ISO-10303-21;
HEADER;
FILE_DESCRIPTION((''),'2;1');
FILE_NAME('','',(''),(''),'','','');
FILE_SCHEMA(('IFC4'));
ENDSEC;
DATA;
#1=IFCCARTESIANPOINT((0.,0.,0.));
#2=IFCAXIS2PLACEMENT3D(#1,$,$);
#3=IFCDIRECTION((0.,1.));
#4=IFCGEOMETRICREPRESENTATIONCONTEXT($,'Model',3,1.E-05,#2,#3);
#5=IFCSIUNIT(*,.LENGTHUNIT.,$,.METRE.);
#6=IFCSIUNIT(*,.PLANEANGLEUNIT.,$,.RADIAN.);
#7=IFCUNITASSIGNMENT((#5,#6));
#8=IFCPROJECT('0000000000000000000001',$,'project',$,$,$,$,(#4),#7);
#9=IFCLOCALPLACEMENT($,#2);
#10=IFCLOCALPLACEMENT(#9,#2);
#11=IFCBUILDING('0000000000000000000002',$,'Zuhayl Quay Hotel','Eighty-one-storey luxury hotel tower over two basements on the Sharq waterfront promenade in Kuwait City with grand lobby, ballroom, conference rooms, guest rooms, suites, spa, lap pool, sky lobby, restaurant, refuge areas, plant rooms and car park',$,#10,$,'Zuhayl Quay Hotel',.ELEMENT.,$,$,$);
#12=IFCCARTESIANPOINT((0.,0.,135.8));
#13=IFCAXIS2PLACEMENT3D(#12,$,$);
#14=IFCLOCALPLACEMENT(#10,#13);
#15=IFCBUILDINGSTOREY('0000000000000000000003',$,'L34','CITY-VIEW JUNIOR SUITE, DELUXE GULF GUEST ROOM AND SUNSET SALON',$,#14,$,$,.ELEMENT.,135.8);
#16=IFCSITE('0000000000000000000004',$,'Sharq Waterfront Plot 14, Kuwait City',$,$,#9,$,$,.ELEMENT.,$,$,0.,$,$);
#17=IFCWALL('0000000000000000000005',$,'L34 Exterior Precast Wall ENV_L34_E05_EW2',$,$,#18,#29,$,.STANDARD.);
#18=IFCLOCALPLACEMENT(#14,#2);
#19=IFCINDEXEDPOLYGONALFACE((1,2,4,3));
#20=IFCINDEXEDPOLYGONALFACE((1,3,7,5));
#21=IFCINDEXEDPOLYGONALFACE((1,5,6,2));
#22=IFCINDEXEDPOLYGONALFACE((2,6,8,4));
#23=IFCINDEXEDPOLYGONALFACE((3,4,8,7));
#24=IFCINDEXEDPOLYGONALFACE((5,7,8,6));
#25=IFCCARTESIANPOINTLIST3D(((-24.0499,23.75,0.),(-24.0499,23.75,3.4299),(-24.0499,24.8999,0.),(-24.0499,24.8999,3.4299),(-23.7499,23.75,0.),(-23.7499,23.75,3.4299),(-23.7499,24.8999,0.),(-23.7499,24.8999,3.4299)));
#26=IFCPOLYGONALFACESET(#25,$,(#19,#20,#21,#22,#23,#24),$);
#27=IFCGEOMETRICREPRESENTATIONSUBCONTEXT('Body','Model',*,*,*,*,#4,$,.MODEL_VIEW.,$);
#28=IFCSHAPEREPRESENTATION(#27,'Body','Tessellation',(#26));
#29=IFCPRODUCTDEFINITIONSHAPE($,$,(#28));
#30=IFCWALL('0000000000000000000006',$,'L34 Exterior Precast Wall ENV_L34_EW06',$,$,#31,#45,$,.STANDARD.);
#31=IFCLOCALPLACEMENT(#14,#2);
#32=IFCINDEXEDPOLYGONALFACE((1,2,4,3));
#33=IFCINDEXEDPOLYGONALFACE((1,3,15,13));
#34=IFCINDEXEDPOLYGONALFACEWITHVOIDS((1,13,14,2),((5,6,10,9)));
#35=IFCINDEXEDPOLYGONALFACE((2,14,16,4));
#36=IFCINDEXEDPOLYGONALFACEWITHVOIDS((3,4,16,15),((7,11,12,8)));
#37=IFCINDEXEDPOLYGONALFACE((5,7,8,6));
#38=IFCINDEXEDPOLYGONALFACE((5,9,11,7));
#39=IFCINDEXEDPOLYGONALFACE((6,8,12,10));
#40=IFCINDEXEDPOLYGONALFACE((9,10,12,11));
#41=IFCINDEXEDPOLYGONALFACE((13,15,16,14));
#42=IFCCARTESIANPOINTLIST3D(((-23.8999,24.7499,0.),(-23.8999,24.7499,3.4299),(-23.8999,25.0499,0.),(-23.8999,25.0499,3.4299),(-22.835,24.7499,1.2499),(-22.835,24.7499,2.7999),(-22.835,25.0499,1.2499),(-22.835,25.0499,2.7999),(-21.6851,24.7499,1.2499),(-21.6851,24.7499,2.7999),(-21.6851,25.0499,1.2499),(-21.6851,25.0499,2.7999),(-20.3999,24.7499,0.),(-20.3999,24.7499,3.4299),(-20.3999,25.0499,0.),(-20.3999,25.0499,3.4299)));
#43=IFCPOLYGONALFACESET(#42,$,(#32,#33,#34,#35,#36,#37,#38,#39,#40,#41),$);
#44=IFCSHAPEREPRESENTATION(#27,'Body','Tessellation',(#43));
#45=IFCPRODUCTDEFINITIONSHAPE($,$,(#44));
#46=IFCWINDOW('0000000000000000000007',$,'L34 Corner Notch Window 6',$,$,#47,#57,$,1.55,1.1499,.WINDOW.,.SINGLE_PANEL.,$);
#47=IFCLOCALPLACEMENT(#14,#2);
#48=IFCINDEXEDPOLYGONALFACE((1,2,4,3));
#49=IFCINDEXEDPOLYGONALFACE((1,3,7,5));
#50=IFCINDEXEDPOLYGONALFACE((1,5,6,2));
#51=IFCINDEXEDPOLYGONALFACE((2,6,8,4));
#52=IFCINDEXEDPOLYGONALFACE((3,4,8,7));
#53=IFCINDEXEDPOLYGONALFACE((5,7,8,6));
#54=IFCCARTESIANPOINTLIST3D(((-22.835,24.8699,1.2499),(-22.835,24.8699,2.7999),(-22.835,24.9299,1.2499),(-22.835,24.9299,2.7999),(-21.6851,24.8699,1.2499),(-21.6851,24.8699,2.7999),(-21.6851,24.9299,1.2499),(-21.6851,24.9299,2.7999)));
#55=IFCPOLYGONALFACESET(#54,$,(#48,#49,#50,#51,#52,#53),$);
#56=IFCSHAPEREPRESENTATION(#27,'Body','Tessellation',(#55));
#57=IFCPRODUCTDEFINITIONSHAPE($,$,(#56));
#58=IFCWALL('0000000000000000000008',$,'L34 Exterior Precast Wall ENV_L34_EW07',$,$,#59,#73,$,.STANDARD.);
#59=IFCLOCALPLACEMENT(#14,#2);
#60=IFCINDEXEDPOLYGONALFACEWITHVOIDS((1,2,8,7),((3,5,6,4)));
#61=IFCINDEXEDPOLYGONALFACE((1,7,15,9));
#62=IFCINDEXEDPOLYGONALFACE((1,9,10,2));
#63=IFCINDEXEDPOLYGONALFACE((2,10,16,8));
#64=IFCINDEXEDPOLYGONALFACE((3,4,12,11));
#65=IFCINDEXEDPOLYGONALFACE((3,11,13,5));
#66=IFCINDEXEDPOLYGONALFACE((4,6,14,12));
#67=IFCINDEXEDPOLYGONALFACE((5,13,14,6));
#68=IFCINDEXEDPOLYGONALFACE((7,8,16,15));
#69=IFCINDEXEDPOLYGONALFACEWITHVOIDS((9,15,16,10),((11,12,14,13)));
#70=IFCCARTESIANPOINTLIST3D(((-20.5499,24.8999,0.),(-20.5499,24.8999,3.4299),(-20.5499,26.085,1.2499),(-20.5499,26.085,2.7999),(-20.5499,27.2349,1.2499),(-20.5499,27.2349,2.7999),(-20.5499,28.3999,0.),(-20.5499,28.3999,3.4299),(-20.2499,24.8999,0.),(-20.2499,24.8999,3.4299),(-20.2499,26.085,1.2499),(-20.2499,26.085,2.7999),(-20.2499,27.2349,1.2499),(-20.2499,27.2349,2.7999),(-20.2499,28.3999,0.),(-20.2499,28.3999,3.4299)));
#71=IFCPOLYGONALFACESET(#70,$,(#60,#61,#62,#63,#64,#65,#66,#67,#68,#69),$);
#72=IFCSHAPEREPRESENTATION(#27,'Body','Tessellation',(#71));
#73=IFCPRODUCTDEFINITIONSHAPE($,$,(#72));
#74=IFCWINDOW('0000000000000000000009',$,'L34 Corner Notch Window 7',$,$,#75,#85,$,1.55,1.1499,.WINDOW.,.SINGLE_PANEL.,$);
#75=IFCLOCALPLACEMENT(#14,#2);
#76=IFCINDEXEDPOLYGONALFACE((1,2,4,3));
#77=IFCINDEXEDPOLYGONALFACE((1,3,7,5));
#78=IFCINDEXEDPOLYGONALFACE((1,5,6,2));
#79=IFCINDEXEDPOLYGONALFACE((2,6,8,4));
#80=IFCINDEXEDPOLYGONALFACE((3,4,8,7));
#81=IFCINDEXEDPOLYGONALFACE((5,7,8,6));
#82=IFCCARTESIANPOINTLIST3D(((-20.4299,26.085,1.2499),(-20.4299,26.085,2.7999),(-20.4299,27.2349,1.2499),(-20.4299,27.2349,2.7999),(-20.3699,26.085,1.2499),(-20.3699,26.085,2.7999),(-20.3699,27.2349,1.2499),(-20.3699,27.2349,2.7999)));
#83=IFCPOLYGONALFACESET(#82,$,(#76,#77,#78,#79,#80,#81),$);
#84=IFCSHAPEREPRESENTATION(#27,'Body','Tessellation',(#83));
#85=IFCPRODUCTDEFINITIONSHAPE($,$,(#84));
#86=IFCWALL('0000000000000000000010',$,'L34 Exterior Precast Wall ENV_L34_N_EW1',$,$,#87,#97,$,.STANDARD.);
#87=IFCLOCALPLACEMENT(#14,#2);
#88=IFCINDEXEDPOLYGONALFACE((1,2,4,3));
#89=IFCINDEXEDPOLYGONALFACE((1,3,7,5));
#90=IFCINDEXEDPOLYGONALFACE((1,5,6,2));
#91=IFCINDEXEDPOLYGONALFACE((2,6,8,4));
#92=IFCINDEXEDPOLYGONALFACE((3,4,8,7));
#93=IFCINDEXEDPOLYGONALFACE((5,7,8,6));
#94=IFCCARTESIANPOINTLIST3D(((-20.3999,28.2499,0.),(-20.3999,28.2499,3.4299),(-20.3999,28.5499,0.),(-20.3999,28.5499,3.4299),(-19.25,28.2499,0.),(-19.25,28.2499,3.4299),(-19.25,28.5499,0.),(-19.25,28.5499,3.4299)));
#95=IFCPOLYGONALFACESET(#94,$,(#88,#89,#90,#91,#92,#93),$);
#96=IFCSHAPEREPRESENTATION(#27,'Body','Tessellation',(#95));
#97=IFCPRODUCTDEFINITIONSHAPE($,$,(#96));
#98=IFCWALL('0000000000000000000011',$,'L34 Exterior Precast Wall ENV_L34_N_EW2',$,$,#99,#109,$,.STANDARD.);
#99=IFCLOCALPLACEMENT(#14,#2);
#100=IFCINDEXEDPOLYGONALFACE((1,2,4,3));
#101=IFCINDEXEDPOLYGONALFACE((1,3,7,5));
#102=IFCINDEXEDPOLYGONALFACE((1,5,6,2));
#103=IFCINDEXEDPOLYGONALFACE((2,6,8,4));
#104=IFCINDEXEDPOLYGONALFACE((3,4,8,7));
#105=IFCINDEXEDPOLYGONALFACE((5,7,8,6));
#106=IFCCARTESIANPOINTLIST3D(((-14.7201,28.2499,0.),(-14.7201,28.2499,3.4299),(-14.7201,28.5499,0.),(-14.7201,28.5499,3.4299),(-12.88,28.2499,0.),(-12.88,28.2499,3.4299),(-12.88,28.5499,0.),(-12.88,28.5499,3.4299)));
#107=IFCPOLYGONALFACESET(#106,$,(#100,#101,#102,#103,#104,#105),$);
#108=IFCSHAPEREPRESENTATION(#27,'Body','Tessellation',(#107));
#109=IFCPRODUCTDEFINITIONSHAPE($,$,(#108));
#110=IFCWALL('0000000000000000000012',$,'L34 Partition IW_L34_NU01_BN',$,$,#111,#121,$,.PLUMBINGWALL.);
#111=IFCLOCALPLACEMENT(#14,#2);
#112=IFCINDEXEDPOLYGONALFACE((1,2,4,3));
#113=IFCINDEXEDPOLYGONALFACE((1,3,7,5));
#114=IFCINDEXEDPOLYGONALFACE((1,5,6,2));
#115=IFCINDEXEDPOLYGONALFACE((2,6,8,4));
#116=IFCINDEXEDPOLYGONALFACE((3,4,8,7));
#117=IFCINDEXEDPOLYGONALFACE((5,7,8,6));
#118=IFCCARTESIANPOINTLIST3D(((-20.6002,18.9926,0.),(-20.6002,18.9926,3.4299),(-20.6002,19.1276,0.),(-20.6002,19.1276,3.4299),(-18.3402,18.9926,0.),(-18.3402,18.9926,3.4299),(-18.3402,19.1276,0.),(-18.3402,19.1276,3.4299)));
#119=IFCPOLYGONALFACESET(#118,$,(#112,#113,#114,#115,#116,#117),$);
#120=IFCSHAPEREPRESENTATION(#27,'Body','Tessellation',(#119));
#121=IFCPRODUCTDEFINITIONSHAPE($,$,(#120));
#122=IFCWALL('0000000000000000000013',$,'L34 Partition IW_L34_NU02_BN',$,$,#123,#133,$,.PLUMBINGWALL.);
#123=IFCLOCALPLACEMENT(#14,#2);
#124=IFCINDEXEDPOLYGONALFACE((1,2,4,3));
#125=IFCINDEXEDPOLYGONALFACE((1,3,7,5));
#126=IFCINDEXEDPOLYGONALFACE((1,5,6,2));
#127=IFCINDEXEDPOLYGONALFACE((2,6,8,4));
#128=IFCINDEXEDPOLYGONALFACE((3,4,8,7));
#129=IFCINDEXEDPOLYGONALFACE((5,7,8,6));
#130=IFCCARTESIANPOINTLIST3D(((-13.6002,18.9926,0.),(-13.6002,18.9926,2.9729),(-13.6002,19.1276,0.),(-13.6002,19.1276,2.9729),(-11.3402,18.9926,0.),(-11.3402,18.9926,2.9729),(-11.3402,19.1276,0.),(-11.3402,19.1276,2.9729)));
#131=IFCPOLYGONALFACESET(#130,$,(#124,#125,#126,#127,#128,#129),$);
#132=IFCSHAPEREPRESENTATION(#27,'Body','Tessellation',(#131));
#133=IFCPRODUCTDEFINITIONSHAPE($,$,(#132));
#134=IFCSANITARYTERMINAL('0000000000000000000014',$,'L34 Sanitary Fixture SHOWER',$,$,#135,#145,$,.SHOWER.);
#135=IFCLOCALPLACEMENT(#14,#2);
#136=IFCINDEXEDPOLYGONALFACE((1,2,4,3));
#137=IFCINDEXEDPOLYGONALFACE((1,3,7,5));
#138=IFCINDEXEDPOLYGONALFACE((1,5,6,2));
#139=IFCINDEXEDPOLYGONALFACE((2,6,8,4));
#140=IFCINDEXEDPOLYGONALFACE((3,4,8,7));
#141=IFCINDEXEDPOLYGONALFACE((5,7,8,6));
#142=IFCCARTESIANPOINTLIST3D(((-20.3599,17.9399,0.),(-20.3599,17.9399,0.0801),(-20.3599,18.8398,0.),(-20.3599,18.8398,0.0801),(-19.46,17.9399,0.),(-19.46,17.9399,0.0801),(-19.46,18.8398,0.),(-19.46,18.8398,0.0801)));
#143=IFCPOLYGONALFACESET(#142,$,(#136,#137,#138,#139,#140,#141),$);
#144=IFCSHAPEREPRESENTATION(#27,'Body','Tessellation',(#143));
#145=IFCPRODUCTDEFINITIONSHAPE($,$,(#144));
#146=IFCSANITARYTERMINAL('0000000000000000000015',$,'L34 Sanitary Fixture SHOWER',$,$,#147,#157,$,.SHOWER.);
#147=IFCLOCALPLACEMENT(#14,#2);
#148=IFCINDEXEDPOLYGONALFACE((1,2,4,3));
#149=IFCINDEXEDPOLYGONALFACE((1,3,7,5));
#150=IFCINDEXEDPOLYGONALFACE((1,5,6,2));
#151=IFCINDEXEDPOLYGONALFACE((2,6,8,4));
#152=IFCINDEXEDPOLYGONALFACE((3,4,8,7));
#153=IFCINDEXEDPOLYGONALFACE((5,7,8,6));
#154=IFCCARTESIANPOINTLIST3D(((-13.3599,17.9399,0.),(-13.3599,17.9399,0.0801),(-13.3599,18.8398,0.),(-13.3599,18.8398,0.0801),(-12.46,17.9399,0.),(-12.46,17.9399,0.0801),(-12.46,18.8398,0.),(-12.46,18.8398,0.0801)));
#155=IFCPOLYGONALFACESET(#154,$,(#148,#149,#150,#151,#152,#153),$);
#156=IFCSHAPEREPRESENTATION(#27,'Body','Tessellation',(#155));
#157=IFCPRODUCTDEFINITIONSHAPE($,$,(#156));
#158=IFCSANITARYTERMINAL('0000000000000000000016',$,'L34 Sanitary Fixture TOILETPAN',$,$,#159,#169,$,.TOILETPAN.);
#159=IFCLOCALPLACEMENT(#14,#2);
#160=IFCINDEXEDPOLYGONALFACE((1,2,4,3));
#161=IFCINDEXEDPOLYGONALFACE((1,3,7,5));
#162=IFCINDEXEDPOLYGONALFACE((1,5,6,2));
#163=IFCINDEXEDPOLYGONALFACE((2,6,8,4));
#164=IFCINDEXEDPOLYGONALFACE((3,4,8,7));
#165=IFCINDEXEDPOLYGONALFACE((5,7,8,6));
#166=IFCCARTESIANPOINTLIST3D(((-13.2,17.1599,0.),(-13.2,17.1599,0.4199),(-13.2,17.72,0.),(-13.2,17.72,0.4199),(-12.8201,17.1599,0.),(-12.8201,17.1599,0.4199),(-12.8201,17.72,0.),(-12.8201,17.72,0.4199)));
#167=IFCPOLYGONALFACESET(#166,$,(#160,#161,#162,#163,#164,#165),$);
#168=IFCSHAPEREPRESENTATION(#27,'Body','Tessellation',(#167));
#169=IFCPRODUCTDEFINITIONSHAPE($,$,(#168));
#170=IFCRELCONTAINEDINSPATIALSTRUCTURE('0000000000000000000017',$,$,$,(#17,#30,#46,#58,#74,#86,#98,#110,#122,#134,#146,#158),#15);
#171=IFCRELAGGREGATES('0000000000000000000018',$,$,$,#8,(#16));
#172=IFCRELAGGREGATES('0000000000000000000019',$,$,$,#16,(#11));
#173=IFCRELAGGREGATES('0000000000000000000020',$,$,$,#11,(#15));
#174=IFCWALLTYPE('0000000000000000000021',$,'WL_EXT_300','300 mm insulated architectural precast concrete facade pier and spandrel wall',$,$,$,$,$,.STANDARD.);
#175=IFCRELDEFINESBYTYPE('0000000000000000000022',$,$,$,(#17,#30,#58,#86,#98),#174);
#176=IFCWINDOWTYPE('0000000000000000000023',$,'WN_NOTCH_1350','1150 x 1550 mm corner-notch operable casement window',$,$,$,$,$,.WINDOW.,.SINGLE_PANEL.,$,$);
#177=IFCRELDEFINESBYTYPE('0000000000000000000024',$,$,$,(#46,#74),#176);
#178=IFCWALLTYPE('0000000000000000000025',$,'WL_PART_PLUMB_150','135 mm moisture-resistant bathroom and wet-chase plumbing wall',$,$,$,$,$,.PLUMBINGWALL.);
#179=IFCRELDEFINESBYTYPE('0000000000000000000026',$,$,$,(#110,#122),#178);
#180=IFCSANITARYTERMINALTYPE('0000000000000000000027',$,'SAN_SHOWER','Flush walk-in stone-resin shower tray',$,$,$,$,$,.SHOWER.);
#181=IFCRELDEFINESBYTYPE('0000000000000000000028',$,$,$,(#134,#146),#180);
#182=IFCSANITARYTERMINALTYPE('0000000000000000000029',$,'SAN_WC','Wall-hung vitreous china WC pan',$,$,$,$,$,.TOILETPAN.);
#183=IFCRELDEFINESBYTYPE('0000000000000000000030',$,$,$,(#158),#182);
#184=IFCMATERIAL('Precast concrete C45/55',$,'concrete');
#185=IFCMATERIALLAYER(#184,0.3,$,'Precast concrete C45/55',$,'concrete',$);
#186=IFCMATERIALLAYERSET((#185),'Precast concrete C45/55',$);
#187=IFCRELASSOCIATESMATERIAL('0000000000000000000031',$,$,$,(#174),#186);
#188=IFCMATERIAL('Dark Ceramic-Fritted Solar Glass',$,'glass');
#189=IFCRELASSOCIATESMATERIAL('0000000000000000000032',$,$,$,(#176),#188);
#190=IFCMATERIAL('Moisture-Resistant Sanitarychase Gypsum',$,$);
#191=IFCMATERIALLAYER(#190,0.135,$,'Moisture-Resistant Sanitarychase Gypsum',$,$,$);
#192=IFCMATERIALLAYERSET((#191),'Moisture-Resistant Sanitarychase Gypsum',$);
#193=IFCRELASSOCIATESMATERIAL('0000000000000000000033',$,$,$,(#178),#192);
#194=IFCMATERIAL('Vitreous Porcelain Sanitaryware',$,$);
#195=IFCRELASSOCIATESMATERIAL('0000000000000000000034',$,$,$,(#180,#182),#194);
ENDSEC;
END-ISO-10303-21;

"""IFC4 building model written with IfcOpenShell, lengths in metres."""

from ifc_helpers import new_model, si_unit, direction, frame, frame_2d, origin, origin_2d, place, context, subcontext, project, spatial, rectangle, extrude, material, layer, layer_set, type_object, element, fill, save


model = new_model("IFC4")

# Units and contexts
model_context = context("Model", 3, precision=1e-05, world=origin(), true_north=direction((0.0, 1.0)))
body_context = subcontext(model_context, "Body", "Model", "MODEL_VIEW")
ifc_project = project(units=[si_unit("LENGTHUNIT", "METRE"), si_unit("PLANEANGLEUNIT", "RADIAN")], contexts=[model_context])

# Site, building, storey
site_placement = place(None, origin())
site = spatial("IfcSite", under=ifc_project, at=site_placement, Name="Sharq Waterfront Plot 14, Kuwait City", CompositionType="ELEMENT", RefElevation=0.0)
building_placement = place(site_placement, origin())
building = spatial("IfcBuilding", under=site, at=building_placement, Name="Zuhayl Quay Hotel", Description="Eighty-one-storey luxury hotel tower over two basements on the Sharq waterfront promenade in Kuwait City with grand lobby, ballroom, conference rooms, guest rooms, suites, spa, lap pool, sky lobby, restaurant, refuge areas, plant rooms and car park", LongName="Zuhayl Quay Hotel", CompositionType="ELEMENT")
storey_placement = place(building_placement, frame((0.0, 0.0, 135.8)))
storey = spatial("IfcBuildingStorey", under=building, at=storey_placement, Name="L34", Description="CITY-VIEW JUNIOR SUITE, DELUXE GULF GUEST ROOM AND SUNSET SALON", CompositionType="ELEMENT", Elevation=135.8)

# Shared definitions
ifc_material_1 = material(Name="Dark Ceramic-Fritted Solar Glass", Category="glass")

# Wall
ifc_material_2 = material(Name="Precast concrete C45/55", Category="concrete")
ifc_layer_1 = layer(ifc_material_2, 0.3, Name="Precast concrete C45/55", Category="concrete")
ifc_layer_set_1 = layer_set([ifc_layer_1], Name="Precast concrete C45/55")
wall_type_1 = type_object("IfcWallType", Name="WL_EXT_300", Description="300 mm insulated architectural precast concrete facade pier and spandrel wall", PredefinedType="STANDARD", material=ifc_layer_set_1)
wall_1_placement = place(storey_placement, frame((-23.8999, 23.75, 0.0), z_axis=(0.0, 0.0, 1.0), x_axis=(0.0, 1.0, 0.0)))
element("IfcWall", 1, at=wall_1_placement, inside=storey, type_object=wall_type_1, Name="L34 Exterior Precast Wall ENV_L34_E05_EW2", PredefinedType="STANDARD", context=body_context, shape_type="SweptSolid", body=[
    extrude(rectangle(XDim=1.1499, YDim=0.3, at=frame_2d((0.575, 0.0))), origin(), (0.0, 0.0, 1.0), 3.4299),
])

# Walls, openings, windows
wall_2_placement = place(storey_placement, frame((-23.8999, 24.8999, 0.0), z_axis=(0.0, 0.0, 1.0), x_axis=(1.0, 0.0, 0.0)))
wall_2 = element("IfcWall", 2, at=wall_2_placement, inside=storey, type_object=wall_type_1, Name="L34 Exterior Precast Wall ENV_L34_EW06", PredefinedType="STANDARD", context=body_context, shape_type="SweptSolid", body=[
    extrude(rectangle(XDim=3.5, YDim=0.3, at=frame_2d((1.75, 0.0))), origin(), (0.0, 0.0, 1.0), 3.4299),
])
opening_1_placement = place(wall_2_placement, frame((1.0649, 0.0, 1.25)))
opening_1 = element("IfcOpeningElement", 3, at=opening_1_placement, cuts=wall_2, PredefinedType="OPENING", context=body_context, shape_type="SweptSolid", body=[
    extrude(rectangle(XDim=1.1499, YDim=1.55, at=frame_2d((0.575, 0.7749))), frame((0.0, 0.1599, 0.0), z_axis=(0.0, -1.0, 0.0), x_axis=(1.0, 0.0, 0.0)), (0.0, 0.0, 1.0), 0.3201),
])
window_type = type_object("IfcWindowType", Name="WN_NOTCH_1350", Description="1150 x 1550 mm corner-notch operable casement window", PartitioningType="SINGLE_PANEL", PredefinedType="WINDOW", material=ifc_material_1)
window_1_placement = place(opening_1_placement, origin())
window_1 = element("IfcWindow", 4, at=window_1_placement, inside=storey, type_object=window_type, Name="L34 Corner Notch Window 6", OverallHeight=1.55, OverallWidth=1.1499, PartitioningType="SINGLE_PANEL", PredefinedType="WINDOW", context=body_context, shape_type="SweptSolid", body=[
    extrude(rectangle(XDim=1.1499, YDim=1.55, at=frame_2d((0.575, 0.7749))), frame((0.0, 0.03, 0.0), z_axis=(0.0, -1.0, 0.0), x_axis=(1.0, 0.0, 0.0)), (0.0, 0.0, 1.0), 0.0601),
])
fill(opening_1, window_1)
wall_3_placement = place(storey_placement, frame((-20.3999, 24.8999, 0.0), z_axis=(0.0, 0.0, 1.0), x_axis=(0.0, 1.0, 0.0)))
wall_3 = element("IfcWall", 5, at=wall_3_placement, inside=storey, type_object=wall_type_1, Name="L34 Exterior Precast Wall ENV_L34_EW07", PredefinedType="STANDARD", context=body_context, shape_type="SweptSolid", body=[
    extrude(rectangle(XDim=3.5, YDim=0.3, at=frame_2d((1.75, 0.0))), origin(), (0.0, 0.0, 1.0), 3.4299),
])
opening_2_placement = place(wall_3_placement, frame((1.1851, 0.0, 1.25)))
opening_2 = element("IfcOpeningElement", 6, at=opening_2_placement, cuts=wall_3, PredefinedType="OPENING", context=body_context, shape_type="SweptSolid", body=[
    extrude(rectangle(XDim=1.1499, YDim=1.55, at=frame_2d((0.575, 0.7749))), frame((0.0, 0.1599, 0.0), z_axis=(0.0, -1.0, 0.0), x_axis=(1.0, 0.0, 0.0)), (0.0, 0.0, 1.0), 0.3201),
])
window_2_placement = place(opening_2_placement, origin())
window_2 = element("IfcWindow", 7, at=window_2_placement, inside=storey, type_object=window_type, Name="L34 Corner Notch Window 7", OverallHeight=1.55, OverallWidth=1.1499, PartitioningType="SINGLE_PANEL", PredefinedType="WINDOW", context=body_context, shape_type="SweptSolid", body=[
    extrude(rectangle(XDim=1.1499, YDim=1.55, at=frame_2d((0.575, 0.7749))), frame((0.0, 0.03, 0.0), z_axis=(0.0, -1.0, 0.0), x_axis=(1.0, 0.0, 0.0)), (0.0, 0.0, 1.0), 0.0601),
])
fill(opening_2, window_2)

# Walls
wall_4_placement = place(storey_placement, frame((-20.3999, 28.3999, 0.0), z_axis=(0.0, 0.0, 1.0), x_axis=(1.0, 0.0, 0.0)))
element("IfcWall", 8, at=wall_4_placement, inside=storey, type_object=wall_type_1, Name="L34 Exterior Precast Wall ENV_L34_N_EW1", PredefinedType="STANDARD", context=body_context, shape_type="SweptSolid", body=[
    extrude(rectangle(XDim=1.1499, YDim=0.3, at=frame_2d((0.575, 0.0))), origin(), (0.0, 0.0, 1.0), 3.4299),
])
wall_5_placement = place(storey_placement, frame((-14.72, 28.3999, 0.0), z_axis=(0.0, 0.0, 1.0), x_axis=(1.0, 0.0, 0.0)))
element("IfcWall", 9, at=wall_5_placement, inside=storey, type_object=wall_type_1, Name="L34 Exterior Precast Wall ENV_L34_N_EW2", PredefinedType="STANDARD", context=body_context, shape_type="SweptSolid", body=[
    extrude(rectangle(XDim=1.8401, YDim=0.3, at=frame_2d((0.9199, 0.0))), origin(), (0.0, 0.0, 1.0), 3.4299),
])
ifc_material_3 = material(Name="Moisture-Resistant Sanitarychase Gypsum")
ifc_layer_2 = layer(ifc_material_3, 0.135, Name="Moisture-Resistant Sanitarychase Gypsum")
ifc_layer_set_2 = layer_set([ifc_layer_2], Name="Moisture-Resistant Sanitarychase Gypsum")
wall_type_2 = type_object("IfcWallType", Name="WL_PART_PLUMB_150", Description="135 mm moisture-resistant bathroom and wet-chase plumbing wall", PredefinedType="PLUMBINGWALL", material=ifc_layer_set_2)
wall_6_placement = place(storey_placement, frame((-20.6001, 19.0601, 0.0), z_axis=(0.0, 0.0, 1.0), x_axis=(1.0, 0.0, 0.0)))
element("IfcWall", 10, at=wall_6_placement, inside=storey, type_object=wall_type_2, Name="L34 Partition IW_L34_NU01_BN", PredefinedType="PLUMBINGWALL", context=body_context, shape_type="SweptSolid", body=[
    extrude(rectangle(XDim=2.26, YDim=0.135, at=frame_2d((1.1299, 0.0))), origin(), (0.0, 0.0, 1.0), 3.4299),
])
wall_7_placement = place(storey_placement, frame((-13.6001, 19.0601, 0.0), z_axis=(0.0, 0.0, 1.0), x_axis=(1.0, 0.0, 0.0)))
element("IfcWall", 11, at=wall_7_placement, inside=storey, type_object=wall_type_2, Name="L34 Partition IW_L34_NU02_BN", PredefinedType="PLUMBINGWALL", context=body_context, shape_type="SweptSolid", body=[
    extrude(rectangle(XDim=2.26, YDim=0.135, at=frame_2d((1.1299, 0.0))), origin(), (0.0, 0.0, 1.0), 2.9729),
])

# Sanitary terminals
ifc_material_4 = material(Name="Vitreous Porcelain Sanitaryware")
sanitary_terminal_type_1 = type_object("IfcSanitaryTerminalType", Name="SAN_SHOWER", Description="Flush walk-in stone-resin shower tray", PredefinedType="SHOWER", material=ifc_material_4)
for number, where, z_axis, x_axis, name in (
    (12, (-19.9099, 18.3899, 0.0), (0.0, 0.0, 1.0), (1.0, 0.0, 0.0), "L34 Sanitary Fixture SHOWER"),
    (13, (-12.9099, 18.3899, 0.0), (0.0, 0.0, 1.0), (1.0, 0.0, 0.0), "L34 Sanitary Fixture SHOWER"),
):
    element("IfcSanitaryTerminal", number, at=place(storey_placement, frame(where, z_axis=z_axis, x_axis=x_axis)), inside=storey, type_object=sanitary_terminal_type_1, Name=name, PredefinedType="SHOWER", context=body_context, shape_type="SweptSolid", body=[
        extrude(rectangle(XDim=0.8999, YDim=0.8999, at=origin_2d()), origin(), (0.0, 0.0, 1.0), 0.0801),
    ])
sanitary_terminal_type_2 = type_object("IfcSanitaryTerminalType", Name="SAN_WC", Description="Wall-hung vitreous china WC pan", PredefinedType="TOILETPAN", material=ifc_material_4)
sanitary_terminal_placement = place(storey_placement, frame((-13.01, 17.4399, 0.0), z_axis=(0.0, 0.0, 1.0), x_axis=(1.0, 0.0, 0.0)))
element("IfcSanitaryTerminal", 14, at=sanitary_terminal_placement, inside=storey, type_object=sanitary_terminal_type_2, Name="L34 Sanitary Fixture TOILETPAN", PredefinedType="TOILETPAN", context=body_context, shape_type="SweptSolid", body=[
    extrude(rectangle(XDim=0.3799, YDim=0.5601, at=origin_2d()), origin(), (0.0, 0.0, 1.0), 0.4199),
])

save(model, "model.ifc")
